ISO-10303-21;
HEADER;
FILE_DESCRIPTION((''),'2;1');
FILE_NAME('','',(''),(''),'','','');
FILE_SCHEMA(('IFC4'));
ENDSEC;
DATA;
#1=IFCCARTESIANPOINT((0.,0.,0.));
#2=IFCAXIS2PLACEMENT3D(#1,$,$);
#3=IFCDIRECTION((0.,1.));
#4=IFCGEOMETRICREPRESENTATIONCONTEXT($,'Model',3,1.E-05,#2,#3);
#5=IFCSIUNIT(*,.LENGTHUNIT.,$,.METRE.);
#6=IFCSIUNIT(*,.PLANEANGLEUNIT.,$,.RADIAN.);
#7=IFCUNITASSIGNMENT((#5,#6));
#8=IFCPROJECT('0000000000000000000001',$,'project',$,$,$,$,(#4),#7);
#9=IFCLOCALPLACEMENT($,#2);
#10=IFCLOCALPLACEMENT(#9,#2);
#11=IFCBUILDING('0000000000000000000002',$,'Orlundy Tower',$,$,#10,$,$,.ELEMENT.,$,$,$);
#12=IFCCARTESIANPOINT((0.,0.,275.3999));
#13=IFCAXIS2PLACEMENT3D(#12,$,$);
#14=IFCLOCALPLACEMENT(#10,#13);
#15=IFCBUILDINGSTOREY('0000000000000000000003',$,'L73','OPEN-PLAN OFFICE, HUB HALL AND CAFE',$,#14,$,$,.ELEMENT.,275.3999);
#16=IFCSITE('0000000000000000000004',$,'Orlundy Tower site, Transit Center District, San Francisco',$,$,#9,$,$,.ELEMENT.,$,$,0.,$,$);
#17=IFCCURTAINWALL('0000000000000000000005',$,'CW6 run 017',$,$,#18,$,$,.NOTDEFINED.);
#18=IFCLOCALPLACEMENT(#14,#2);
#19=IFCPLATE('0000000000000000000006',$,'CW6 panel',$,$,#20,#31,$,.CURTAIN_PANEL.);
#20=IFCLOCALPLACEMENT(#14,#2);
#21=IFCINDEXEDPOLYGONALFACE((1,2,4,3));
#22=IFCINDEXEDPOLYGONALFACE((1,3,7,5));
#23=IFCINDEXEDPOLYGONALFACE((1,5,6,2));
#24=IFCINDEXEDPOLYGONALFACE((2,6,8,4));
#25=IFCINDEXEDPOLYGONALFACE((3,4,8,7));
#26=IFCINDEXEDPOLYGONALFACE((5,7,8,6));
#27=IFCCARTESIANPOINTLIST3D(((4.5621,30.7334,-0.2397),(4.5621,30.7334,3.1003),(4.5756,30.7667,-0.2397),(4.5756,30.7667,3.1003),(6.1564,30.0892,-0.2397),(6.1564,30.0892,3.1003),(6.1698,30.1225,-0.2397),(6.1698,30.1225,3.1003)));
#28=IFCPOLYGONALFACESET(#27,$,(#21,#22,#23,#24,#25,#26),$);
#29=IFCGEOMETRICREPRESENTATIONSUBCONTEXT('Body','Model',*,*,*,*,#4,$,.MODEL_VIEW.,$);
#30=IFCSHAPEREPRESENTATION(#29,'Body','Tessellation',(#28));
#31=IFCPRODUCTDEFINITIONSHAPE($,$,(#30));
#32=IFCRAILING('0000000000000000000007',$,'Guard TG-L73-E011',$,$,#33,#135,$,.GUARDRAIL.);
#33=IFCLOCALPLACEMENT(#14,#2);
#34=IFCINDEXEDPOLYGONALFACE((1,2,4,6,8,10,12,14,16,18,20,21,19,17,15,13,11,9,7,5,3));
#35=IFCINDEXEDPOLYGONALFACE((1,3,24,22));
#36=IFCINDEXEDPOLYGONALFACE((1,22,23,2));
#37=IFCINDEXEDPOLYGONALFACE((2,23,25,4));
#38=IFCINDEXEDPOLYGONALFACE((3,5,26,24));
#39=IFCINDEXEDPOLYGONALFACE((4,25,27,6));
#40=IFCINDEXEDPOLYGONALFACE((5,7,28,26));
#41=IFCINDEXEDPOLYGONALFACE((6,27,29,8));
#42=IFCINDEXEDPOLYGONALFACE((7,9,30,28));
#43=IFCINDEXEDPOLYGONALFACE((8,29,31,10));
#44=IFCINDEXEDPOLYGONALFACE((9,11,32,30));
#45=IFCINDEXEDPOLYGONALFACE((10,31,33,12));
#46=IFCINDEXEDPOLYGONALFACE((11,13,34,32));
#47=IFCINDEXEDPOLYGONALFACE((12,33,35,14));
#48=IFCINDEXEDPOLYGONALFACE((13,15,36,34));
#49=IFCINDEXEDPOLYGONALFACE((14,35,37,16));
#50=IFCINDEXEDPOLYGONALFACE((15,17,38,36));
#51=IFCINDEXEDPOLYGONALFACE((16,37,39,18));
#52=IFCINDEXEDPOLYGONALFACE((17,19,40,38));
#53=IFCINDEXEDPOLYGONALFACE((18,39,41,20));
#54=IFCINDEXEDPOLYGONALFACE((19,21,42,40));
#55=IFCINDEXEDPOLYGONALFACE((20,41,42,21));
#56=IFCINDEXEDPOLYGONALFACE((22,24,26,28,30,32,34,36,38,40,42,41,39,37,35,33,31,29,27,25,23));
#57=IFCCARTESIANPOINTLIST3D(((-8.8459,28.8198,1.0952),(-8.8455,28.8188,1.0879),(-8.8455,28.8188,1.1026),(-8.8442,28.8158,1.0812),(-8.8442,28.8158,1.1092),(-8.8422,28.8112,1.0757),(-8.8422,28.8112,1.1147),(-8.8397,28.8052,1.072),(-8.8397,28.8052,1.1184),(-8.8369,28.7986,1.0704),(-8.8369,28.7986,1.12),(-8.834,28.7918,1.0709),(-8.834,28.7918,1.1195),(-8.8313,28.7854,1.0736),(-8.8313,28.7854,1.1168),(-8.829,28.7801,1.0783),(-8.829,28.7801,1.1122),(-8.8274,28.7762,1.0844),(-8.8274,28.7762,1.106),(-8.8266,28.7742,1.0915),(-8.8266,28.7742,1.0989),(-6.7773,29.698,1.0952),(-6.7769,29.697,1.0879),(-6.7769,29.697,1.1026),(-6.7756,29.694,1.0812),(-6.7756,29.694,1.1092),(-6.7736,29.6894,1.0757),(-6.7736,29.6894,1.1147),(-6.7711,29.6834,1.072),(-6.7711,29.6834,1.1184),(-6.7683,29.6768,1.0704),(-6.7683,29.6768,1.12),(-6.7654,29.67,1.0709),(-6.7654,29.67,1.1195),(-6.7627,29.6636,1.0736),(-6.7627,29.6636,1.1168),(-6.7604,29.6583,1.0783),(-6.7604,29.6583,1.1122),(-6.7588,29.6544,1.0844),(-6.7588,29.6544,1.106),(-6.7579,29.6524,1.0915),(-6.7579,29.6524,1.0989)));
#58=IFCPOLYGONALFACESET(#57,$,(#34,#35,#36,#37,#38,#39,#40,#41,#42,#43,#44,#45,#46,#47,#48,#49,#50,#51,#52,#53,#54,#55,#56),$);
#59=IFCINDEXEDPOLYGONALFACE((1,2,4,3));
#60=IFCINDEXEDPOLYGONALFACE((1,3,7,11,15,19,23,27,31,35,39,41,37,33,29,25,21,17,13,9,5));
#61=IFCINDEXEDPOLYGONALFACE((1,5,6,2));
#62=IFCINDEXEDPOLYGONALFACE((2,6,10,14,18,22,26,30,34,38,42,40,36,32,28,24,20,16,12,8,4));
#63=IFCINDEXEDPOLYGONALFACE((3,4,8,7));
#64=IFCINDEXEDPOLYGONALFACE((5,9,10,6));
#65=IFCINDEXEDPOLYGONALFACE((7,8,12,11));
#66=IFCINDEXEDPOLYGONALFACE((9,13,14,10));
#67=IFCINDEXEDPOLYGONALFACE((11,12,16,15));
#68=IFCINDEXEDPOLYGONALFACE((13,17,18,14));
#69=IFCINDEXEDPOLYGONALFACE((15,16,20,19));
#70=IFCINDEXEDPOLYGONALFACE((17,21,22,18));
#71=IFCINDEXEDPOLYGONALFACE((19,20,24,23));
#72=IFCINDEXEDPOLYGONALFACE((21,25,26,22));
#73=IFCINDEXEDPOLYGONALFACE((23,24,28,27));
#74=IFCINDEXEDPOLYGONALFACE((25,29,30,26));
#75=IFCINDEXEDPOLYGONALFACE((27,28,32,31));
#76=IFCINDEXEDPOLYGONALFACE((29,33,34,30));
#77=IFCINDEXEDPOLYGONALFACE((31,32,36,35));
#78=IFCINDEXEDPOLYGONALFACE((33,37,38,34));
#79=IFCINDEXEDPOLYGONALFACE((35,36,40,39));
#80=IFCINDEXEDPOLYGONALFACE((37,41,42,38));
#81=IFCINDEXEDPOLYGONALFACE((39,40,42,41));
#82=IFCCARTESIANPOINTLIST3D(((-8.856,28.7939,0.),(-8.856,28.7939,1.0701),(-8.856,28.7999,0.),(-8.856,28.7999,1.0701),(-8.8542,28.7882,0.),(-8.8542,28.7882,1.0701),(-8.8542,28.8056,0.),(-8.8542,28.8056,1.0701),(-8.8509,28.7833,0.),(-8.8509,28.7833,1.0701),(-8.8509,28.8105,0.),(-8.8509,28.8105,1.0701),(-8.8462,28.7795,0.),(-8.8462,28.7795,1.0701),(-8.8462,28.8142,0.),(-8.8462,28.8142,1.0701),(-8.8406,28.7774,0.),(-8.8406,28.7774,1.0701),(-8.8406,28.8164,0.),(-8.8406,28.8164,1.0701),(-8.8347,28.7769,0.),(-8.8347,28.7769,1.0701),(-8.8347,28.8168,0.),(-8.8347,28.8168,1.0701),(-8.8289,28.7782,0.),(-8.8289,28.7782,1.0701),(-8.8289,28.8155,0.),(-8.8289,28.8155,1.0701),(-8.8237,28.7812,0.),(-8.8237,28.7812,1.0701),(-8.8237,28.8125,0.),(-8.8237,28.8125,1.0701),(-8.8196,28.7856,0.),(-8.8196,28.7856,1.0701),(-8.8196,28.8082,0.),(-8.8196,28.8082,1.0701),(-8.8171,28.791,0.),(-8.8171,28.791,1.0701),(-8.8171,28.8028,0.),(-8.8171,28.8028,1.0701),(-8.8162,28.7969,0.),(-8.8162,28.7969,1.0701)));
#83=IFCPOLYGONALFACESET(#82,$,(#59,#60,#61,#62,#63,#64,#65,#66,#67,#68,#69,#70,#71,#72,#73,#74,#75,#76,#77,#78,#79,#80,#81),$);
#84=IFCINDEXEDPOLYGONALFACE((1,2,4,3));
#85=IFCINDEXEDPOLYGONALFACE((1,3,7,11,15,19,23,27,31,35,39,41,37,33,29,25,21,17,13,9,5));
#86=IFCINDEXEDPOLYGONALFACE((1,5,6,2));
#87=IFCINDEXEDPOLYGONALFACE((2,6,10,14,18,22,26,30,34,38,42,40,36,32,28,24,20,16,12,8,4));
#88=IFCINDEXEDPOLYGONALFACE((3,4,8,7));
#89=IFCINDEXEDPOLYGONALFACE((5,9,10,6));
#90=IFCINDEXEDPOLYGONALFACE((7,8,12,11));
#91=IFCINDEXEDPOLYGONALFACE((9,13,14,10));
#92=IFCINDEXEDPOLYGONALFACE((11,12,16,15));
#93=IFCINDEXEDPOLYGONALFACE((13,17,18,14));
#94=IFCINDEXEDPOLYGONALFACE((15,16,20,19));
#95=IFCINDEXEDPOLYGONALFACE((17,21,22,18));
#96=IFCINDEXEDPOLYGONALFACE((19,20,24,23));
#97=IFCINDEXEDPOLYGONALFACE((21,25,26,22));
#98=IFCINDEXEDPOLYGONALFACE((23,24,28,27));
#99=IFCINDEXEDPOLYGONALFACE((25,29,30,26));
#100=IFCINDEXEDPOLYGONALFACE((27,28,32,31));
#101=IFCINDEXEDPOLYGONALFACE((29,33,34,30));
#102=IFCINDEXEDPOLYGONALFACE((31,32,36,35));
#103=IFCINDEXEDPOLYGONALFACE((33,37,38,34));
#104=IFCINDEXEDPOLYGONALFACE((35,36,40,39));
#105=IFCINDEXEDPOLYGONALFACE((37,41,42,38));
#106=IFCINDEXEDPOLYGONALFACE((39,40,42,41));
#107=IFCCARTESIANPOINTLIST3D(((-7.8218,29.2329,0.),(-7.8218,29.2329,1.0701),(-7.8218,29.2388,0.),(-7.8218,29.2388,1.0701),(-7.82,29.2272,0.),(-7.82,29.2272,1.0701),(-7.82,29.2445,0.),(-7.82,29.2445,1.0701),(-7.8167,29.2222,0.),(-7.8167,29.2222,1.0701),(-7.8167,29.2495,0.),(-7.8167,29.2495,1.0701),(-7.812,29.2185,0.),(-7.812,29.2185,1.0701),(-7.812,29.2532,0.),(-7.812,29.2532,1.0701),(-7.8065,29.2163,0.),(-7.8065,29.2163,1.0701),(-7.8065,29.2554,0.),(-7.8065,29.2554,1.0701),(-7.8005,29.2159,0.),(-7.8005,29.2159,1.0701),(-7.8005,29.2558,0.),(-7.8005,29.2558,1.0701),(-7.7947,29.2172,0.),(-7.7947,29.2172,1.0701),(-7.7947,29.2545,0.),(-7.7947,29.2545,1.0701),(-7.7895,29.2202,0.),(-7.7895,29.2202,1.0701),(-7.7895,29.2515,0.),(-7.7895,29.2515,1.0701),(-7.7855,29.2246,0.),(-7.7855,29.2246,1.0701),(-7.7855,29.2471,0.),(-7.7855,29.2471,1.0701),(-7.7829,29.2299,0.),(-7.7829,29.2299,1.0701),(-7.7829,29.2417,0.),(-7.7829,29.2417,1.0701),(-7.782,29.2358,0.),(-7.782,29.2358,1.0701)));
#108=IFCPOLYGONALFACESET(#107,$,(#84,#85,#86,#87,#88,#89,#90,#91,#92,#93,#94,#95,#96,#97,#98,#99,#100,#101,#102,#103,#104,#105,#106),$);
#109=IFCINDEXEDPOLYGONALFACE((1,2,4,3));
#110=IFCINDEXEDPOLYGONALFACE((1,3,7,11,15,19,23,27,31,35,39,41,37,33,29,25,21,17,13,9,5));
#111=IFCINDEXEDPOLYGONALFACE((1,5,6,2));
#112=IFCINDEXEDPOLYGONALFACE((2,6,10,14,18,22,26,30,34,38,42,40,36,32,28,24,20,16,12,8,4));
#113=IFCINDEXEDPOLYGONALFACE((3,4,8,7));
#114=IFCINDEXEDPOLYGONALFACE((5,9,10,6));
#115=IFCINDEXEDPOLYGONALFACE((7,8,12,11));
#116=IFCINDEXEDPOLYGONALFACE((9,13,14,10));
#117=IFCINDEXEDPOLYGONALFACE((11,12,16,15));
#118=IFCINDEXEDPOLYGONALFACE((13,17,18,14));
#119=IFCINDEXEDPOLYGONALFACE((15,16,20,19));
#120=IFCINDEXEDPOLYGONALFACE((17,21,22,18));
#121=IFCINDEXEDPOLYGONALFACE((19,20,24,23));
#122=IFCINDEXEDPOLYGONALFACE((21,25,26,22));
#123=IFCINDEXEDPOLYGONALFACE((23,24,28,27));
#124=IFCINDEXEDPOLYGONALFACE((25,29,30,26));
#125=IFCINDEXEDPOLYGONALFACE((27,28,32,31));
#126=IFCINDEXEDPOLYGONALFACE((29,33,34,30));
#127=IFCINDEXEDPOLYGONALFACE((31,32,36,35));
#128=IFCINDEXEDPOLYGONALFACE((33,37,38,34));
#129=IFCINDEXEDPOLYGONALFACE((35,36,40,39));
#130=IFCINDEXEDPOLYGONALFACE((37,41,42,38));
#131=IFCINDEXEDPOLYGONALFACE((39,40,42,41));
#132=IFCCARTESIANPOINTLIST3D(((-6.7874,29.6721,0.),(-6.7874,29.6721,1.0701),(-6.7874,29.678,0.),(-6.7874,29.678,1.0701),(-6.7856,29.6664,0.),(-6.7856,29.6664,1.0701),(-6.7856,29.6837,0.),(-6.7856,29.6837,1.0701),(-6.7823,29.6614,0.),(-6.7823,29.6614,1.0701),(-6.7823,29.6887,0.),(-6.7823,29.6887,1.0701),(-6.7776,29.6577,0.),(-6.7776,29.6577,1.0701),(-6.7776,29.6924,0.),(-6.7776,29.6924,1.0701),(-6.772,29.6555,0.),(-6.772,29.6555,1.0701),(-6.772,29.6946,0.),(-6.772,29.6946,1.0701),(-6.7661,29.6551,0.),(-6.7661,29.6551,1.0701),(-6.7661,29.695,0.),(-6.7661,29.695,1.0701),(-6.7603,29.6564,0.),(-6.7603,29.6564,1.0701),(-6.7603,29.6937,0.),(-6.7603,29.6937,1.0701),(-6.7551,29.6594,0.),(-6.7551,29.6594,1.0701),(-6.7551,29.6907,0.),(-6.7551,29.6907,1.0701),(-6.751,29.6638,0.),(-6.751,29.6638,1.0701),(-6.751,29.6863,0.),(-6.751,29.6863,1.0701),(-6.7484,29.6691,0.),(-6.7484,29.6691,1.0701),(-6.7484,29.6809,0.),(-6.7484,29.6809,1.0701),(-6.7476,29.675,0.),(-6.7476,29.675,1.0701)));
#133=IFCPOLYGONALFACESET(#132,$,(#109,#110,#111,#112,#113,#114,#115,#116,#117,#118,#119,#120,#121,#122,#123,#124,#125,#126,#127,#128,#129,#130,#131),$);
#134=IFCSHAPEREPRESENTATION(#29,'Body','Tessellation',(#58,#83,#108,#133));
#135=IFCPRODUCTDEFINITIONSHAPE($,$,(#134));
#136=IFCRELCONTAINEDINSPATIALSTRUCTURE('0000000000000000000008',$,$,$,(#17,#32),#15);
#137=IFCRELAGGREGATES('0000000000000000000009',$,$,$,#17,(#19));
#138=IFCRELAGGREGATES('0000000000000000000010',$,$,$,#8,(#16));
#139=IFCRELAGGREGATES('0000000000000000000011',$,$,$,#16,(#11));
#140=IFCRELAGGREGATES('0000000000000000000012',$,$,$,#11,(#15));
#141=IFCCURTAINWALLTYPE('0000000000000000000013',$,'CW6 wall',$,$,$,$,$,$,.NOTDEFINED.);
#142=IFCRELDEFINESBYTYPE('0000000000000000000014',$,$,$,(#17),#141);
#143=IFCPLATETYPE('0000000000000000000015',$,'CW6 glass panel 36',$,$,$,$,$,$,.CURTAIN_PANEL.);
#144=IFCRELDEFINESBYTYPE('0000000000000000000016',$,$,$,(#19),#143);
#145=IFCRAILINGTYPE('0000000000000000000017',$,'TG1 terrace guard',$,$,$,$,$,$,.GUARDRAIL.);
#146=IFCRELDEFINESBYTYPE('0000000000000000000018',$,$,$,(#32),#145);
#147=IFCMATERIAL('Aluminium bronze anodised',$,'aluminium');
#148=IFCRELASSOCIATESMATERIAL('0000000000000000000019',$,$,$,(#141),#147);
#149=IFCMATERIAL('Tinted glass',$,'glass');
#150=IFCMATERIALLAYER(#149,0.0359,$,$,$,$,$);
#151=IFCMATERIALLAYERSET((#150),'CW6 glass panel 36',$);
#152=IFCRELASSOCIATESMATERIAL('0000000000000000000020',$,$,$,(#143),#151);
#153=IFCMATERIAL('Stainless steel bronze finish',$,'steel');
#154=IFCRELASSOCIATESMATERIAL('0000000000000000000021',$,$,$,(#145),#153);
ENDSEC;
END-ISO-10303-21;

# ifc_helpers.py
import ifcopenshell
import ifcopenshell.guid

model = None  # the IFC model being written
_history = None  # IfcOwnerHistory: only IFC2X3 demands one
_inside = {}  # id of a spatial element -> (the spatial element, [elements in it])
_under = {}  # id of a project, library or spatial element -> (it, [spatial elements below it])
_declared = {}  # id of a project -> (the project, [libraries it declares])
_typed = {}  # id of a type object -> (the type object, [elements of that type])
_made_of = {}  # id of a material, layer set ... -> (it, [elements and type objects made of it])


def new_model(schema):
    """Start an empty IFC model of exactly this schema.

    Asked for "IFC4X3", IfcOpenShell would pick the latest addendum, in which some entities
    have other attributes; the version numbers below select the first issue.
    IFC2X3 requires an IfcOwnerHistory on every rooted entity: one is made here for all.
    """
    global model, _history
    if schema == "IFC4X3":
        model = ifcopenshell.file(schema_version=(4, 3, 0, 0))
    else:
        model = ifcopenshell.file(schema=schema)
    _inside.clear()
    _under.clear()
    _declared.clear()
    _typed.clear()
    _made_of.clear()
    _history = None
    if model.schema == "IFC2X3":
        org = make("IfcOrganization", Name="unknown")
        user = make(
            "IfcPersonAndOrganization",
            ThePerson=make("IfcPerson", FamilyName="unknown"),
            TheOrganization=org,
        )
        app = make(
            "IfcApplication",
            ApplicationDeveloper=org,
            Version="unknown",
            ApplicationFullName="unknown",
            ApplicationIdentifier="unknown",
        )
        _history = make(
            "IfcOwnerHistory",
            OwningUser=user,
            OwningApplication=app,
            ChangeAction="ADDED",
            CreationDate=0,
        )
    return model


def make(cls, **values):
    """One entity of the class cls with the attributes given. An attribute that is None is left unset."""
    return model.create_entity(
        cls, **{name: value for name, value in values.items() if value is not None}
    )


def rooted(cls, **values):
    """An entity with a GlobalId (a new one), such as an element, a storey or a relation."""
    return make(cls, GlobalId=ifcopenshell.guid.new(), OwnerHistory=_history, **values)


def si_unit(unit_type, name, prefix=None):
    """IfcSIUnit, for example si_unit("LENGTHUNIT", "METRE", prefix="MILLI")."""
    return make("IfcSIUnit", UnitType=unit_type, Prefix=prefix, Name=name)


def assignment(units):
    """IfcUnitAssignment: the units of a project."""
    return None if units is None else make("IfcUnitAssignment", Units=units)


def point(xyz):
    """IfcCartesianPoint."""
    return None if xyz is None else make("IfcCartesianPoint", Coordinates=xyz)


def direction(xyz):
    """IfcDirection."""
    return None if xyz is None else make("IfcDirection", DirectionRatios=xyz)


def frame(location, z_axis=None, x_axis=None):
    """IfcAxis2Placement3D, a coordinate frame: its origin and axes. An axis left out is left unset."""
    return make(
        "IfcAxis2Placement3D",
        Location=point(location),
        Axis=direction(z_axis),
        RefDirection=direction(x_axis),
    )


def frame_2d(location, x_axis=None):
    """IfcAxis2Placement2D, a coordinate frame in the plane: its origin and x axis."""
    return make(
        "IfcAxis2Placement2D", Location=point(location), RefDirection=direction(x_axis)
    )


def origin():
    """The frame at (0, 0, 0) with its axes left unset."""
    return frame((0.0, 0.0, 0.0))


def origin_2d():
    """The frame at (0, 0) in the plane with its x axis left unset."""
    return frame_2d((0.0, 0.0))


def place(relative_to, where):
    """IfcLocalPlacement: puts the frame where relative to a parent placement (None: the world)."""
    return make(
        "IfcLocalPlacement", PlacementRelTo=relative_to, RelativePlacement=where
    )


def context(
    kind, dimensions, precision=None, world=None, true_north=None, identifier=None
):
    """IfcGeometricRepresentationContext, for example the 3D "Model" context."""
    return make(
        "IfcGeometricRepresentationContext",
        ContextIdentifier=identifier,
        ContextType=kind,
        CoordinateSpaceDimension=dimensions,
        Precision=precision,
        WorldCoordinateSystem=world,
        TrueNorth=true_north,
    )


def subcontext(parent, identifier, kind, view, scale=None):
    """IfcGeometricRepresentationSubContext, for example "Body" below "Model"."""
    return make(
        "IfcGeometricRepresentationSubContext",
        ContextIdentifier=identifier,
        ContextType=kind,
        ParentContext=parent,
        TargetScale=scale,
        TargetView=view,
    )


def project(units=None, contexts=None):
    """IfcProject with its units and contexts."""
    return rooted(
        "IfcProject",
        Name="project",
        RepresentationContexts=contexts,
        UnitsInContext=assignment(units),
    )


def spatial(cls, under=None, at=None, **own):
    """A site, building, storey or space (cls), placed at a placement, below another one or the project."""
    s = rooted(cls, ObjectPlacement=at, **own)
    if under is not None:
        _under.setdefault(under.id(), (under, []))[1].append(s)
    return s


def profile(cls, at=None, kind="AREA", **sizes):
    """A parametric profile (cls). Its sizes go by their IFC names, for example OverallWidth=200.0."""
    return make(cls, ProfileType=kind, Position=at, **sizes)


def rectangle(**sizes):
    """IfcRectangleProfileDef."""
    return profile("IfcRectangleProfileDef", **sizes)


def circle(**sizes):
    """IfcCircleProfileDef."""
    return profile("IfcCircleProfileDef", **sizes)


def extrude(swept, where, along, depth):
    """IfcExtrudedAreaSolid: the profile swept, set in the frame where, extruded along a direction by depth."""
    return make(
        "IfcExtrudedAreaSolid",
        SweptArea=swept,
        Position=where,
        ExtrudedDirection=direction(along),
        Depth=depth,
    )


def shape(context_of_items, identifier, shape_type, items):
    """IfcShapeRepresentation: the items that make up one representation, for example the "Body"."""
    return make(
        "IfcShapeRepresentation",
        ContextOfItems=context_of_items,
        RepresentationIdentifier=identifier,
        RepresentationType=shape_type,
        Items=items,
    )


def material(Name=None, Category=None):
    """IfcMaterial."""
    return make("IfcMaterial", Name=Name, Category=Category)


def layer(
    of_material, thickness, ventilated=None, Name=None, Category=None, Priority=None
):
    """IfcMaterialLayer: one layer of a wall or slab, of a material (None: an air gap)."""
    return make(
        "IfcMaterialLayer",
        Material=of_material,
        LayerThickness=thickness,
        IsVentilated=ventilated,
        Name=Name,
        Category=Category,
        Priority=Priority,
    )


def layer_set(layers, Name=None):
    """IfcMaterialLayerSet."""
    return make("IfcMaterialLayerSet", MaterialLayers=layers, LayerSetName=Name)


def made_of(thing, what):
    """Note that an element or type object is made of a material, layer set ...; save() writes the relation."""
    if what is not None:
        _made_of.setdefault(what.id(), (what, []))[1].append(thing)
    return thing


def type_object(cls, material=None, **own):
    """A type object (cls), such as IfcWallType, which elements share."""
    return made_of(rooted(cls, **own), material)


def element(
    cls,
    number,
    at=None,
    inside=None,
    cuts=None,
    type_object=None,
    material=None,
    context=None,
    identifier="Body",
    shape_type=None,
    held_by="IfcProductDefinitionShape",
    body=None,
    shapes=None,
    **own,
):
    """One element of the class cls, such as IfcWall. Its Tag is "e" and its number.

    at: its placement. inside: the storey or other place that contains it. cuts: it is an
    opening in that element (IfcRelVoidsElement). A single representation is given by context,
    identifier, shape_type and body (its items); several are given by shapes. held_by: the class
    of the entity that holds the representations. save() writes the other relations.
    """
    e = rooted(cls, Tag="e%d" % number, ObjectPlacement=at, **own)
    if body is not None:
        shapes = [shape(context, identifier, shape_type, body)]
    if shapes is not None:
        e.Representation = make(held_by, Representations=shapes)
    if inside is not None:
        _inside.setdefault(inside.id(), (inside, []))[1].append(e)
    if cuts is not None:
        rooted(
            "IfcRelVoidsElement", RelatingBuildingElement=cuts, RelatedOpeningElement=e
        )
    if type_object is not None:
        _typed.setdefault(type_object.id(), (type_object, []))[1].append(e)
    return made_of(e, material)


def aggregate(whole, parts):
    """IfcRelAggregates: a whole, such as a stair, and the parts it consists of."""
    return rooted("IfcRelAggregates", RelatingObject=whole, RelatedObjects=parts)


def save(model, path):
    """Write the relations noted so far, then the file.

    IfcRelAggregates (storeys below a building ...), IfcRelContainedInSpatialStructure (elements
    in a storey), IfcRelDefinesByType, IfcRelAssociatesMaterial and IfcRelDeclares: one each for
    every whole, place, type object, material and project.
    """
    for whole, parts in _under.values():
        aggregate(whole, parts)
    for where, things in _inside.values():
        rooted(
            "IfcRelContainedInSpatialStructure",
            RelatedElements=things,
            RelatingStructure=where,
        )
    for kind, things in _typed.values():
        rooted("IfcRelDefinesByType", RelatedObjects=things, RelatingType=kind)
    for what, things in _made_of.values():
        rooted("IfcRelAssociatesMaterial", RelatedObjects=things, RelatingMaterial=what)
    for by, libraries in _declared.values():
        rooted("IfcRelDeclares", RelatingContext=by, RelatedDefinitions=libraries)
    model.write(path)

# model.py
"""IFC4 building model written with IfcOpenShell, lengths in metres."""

from ifc_helpers import new_model, si_unit, direction, frame, origin, origin_2d, place, context, subcontext, project, spatial, rectangle, circle, extrude, material, layer, layer_set, type_object, element, aggregate, save


model = new_model("IFC4")

# Units and contexts
model_context = context("Model", 3, precision=1e-05, world=origin(), true_north=direction((0.0, 1.0)))
body_context = subcontext(model_context, "Body", "Model", "MODEL_VIEW")
ifc_project = project(units=[si_unit("LENGTHUNIT", "METRE"), si_unit("PLANEANGLEUNIT", "RADIAN")], contexts=[model_context])

# Site, building, storey
site_placement = place(None, origin())
site = spatial("IfcSite", under=ifc_project, at=site_placement, Name="Orlundy Tower site, Transit Center District, San Francisco", CompositionType="ELEMENT", RefElevation=0.0)
building_placement = place(site_placement, origin())
building = spatial("IfcBuilding", under=site, at=building_placement, Name="Orlundy Tower", CompositionType="ELEMENT")
storey_placement = place(building_placement, frame((0.0, 0.0, 275.3999)))
storey = spatial("IfcBuildingStorey", under=building, at=storey_placement, Name="L73", Description="OPEN-PLAN OFFICE, HUB HALL AND CAFE", CompositionType="ELEMENT", Elevation=275.3999)

# Shared definitions
ifc_material_1 = material(Name="Aluminium bronze anodised", Category="aluminium")
curtain_wall_type = type_object("IfcCurtainWallType", Name="CW6 wall", PredefinedType="NOTDEFINED", material=ifc_material_1)

# Curtain wall
curtain_wall_1_placement = place(storey_placement, origin())
curtain_wall_1 = element("IfcCurtainWall", 1, at=curtain_wall_1_placement, inside=storey, type_object=curtain_wall_type, Name="CW6 run 017", PredefinedType="NOTDEFINED")

# Plate
ifc_material_2 = material(Name="Tinted glass", Category="glass")
ifc_layer = layer(ifc_material_2, 0.0359)
ifc_layer_set = layer_set([ifc_layer], Name="CW6 glass panel 36")
plate_type = type_object("IfcPlateType", Name="CW6 glass panel 36", PredefinedType="CURTAIN_PANEL", material=ifc_layer_set)
plate_1_placement = place(storey_placement, frame((5.366, 30.428, -0.2397), z_axis=(0.0, 0.0, 1.0), x_axis=(0.927171, -0.374639, 0.0)))
plate_1 = element("IfcPlate", 2, at=plate_1_placement, type_object=plate_type, Name="CW6 panel", PredefinedType="CURTAIN_PANEL", context=body_context, shape_type="SweptSolid", body=[
    extrude(rectangle(XDim=1.7195, YDim=0.0359, at=origin_2d()), origin(), (0.0, 0.0, 1.0), 3.3401),
])
aggregate(curtain_wall_1, [plate_1])

# Railing
ifc_material_3 = material(Name="Stainless steel bronze finish", Category="steel")
railing_type = type_object("IfcRailingType", Name="TG1 terrace guard", PredefinedType="GUARDRAIL", material=ifc_material_3)
railing_1_placement = place(storey_placement, frame((-8.8362, 28.7969, 0.0)))
element("IfcRailing", 3, at=railing_1_placement, inside=storey, type_object=railing_type, Name="Guard TG-L73-E011", PredefinedType="GUARDRAIL", context=body_context, shape_type="SweptSolid", body=[
    extrude(circle(Radius=0.0249, at=origin_2d()), frame((0.0, 0.0, 1.0952), z_axis=(0.920488, 0.39077, 0.0), x_axis=(-0.39077, 0.920488, 0.0)), (0.0, 0.0, 1.0), 2.2473),
    extrude(circle(Radius=0.02, at=origin_2d()), origin(), (0.0, 0.0, 1.0), 1.0701),
    extrude(circle(Radius=0.02, at=origin_2d()), frame((1.0342, 0.439, 0.0)), (0.0, 0.0, 1.0), 1.0701),
    extrude(circle(Radius=0.02, at=origin_2d()), frame((2.0686, 0.8782, 0.0)), (0.0, 0.0, 1.0), 1.0701),
])

save(model, "model.ifc")
